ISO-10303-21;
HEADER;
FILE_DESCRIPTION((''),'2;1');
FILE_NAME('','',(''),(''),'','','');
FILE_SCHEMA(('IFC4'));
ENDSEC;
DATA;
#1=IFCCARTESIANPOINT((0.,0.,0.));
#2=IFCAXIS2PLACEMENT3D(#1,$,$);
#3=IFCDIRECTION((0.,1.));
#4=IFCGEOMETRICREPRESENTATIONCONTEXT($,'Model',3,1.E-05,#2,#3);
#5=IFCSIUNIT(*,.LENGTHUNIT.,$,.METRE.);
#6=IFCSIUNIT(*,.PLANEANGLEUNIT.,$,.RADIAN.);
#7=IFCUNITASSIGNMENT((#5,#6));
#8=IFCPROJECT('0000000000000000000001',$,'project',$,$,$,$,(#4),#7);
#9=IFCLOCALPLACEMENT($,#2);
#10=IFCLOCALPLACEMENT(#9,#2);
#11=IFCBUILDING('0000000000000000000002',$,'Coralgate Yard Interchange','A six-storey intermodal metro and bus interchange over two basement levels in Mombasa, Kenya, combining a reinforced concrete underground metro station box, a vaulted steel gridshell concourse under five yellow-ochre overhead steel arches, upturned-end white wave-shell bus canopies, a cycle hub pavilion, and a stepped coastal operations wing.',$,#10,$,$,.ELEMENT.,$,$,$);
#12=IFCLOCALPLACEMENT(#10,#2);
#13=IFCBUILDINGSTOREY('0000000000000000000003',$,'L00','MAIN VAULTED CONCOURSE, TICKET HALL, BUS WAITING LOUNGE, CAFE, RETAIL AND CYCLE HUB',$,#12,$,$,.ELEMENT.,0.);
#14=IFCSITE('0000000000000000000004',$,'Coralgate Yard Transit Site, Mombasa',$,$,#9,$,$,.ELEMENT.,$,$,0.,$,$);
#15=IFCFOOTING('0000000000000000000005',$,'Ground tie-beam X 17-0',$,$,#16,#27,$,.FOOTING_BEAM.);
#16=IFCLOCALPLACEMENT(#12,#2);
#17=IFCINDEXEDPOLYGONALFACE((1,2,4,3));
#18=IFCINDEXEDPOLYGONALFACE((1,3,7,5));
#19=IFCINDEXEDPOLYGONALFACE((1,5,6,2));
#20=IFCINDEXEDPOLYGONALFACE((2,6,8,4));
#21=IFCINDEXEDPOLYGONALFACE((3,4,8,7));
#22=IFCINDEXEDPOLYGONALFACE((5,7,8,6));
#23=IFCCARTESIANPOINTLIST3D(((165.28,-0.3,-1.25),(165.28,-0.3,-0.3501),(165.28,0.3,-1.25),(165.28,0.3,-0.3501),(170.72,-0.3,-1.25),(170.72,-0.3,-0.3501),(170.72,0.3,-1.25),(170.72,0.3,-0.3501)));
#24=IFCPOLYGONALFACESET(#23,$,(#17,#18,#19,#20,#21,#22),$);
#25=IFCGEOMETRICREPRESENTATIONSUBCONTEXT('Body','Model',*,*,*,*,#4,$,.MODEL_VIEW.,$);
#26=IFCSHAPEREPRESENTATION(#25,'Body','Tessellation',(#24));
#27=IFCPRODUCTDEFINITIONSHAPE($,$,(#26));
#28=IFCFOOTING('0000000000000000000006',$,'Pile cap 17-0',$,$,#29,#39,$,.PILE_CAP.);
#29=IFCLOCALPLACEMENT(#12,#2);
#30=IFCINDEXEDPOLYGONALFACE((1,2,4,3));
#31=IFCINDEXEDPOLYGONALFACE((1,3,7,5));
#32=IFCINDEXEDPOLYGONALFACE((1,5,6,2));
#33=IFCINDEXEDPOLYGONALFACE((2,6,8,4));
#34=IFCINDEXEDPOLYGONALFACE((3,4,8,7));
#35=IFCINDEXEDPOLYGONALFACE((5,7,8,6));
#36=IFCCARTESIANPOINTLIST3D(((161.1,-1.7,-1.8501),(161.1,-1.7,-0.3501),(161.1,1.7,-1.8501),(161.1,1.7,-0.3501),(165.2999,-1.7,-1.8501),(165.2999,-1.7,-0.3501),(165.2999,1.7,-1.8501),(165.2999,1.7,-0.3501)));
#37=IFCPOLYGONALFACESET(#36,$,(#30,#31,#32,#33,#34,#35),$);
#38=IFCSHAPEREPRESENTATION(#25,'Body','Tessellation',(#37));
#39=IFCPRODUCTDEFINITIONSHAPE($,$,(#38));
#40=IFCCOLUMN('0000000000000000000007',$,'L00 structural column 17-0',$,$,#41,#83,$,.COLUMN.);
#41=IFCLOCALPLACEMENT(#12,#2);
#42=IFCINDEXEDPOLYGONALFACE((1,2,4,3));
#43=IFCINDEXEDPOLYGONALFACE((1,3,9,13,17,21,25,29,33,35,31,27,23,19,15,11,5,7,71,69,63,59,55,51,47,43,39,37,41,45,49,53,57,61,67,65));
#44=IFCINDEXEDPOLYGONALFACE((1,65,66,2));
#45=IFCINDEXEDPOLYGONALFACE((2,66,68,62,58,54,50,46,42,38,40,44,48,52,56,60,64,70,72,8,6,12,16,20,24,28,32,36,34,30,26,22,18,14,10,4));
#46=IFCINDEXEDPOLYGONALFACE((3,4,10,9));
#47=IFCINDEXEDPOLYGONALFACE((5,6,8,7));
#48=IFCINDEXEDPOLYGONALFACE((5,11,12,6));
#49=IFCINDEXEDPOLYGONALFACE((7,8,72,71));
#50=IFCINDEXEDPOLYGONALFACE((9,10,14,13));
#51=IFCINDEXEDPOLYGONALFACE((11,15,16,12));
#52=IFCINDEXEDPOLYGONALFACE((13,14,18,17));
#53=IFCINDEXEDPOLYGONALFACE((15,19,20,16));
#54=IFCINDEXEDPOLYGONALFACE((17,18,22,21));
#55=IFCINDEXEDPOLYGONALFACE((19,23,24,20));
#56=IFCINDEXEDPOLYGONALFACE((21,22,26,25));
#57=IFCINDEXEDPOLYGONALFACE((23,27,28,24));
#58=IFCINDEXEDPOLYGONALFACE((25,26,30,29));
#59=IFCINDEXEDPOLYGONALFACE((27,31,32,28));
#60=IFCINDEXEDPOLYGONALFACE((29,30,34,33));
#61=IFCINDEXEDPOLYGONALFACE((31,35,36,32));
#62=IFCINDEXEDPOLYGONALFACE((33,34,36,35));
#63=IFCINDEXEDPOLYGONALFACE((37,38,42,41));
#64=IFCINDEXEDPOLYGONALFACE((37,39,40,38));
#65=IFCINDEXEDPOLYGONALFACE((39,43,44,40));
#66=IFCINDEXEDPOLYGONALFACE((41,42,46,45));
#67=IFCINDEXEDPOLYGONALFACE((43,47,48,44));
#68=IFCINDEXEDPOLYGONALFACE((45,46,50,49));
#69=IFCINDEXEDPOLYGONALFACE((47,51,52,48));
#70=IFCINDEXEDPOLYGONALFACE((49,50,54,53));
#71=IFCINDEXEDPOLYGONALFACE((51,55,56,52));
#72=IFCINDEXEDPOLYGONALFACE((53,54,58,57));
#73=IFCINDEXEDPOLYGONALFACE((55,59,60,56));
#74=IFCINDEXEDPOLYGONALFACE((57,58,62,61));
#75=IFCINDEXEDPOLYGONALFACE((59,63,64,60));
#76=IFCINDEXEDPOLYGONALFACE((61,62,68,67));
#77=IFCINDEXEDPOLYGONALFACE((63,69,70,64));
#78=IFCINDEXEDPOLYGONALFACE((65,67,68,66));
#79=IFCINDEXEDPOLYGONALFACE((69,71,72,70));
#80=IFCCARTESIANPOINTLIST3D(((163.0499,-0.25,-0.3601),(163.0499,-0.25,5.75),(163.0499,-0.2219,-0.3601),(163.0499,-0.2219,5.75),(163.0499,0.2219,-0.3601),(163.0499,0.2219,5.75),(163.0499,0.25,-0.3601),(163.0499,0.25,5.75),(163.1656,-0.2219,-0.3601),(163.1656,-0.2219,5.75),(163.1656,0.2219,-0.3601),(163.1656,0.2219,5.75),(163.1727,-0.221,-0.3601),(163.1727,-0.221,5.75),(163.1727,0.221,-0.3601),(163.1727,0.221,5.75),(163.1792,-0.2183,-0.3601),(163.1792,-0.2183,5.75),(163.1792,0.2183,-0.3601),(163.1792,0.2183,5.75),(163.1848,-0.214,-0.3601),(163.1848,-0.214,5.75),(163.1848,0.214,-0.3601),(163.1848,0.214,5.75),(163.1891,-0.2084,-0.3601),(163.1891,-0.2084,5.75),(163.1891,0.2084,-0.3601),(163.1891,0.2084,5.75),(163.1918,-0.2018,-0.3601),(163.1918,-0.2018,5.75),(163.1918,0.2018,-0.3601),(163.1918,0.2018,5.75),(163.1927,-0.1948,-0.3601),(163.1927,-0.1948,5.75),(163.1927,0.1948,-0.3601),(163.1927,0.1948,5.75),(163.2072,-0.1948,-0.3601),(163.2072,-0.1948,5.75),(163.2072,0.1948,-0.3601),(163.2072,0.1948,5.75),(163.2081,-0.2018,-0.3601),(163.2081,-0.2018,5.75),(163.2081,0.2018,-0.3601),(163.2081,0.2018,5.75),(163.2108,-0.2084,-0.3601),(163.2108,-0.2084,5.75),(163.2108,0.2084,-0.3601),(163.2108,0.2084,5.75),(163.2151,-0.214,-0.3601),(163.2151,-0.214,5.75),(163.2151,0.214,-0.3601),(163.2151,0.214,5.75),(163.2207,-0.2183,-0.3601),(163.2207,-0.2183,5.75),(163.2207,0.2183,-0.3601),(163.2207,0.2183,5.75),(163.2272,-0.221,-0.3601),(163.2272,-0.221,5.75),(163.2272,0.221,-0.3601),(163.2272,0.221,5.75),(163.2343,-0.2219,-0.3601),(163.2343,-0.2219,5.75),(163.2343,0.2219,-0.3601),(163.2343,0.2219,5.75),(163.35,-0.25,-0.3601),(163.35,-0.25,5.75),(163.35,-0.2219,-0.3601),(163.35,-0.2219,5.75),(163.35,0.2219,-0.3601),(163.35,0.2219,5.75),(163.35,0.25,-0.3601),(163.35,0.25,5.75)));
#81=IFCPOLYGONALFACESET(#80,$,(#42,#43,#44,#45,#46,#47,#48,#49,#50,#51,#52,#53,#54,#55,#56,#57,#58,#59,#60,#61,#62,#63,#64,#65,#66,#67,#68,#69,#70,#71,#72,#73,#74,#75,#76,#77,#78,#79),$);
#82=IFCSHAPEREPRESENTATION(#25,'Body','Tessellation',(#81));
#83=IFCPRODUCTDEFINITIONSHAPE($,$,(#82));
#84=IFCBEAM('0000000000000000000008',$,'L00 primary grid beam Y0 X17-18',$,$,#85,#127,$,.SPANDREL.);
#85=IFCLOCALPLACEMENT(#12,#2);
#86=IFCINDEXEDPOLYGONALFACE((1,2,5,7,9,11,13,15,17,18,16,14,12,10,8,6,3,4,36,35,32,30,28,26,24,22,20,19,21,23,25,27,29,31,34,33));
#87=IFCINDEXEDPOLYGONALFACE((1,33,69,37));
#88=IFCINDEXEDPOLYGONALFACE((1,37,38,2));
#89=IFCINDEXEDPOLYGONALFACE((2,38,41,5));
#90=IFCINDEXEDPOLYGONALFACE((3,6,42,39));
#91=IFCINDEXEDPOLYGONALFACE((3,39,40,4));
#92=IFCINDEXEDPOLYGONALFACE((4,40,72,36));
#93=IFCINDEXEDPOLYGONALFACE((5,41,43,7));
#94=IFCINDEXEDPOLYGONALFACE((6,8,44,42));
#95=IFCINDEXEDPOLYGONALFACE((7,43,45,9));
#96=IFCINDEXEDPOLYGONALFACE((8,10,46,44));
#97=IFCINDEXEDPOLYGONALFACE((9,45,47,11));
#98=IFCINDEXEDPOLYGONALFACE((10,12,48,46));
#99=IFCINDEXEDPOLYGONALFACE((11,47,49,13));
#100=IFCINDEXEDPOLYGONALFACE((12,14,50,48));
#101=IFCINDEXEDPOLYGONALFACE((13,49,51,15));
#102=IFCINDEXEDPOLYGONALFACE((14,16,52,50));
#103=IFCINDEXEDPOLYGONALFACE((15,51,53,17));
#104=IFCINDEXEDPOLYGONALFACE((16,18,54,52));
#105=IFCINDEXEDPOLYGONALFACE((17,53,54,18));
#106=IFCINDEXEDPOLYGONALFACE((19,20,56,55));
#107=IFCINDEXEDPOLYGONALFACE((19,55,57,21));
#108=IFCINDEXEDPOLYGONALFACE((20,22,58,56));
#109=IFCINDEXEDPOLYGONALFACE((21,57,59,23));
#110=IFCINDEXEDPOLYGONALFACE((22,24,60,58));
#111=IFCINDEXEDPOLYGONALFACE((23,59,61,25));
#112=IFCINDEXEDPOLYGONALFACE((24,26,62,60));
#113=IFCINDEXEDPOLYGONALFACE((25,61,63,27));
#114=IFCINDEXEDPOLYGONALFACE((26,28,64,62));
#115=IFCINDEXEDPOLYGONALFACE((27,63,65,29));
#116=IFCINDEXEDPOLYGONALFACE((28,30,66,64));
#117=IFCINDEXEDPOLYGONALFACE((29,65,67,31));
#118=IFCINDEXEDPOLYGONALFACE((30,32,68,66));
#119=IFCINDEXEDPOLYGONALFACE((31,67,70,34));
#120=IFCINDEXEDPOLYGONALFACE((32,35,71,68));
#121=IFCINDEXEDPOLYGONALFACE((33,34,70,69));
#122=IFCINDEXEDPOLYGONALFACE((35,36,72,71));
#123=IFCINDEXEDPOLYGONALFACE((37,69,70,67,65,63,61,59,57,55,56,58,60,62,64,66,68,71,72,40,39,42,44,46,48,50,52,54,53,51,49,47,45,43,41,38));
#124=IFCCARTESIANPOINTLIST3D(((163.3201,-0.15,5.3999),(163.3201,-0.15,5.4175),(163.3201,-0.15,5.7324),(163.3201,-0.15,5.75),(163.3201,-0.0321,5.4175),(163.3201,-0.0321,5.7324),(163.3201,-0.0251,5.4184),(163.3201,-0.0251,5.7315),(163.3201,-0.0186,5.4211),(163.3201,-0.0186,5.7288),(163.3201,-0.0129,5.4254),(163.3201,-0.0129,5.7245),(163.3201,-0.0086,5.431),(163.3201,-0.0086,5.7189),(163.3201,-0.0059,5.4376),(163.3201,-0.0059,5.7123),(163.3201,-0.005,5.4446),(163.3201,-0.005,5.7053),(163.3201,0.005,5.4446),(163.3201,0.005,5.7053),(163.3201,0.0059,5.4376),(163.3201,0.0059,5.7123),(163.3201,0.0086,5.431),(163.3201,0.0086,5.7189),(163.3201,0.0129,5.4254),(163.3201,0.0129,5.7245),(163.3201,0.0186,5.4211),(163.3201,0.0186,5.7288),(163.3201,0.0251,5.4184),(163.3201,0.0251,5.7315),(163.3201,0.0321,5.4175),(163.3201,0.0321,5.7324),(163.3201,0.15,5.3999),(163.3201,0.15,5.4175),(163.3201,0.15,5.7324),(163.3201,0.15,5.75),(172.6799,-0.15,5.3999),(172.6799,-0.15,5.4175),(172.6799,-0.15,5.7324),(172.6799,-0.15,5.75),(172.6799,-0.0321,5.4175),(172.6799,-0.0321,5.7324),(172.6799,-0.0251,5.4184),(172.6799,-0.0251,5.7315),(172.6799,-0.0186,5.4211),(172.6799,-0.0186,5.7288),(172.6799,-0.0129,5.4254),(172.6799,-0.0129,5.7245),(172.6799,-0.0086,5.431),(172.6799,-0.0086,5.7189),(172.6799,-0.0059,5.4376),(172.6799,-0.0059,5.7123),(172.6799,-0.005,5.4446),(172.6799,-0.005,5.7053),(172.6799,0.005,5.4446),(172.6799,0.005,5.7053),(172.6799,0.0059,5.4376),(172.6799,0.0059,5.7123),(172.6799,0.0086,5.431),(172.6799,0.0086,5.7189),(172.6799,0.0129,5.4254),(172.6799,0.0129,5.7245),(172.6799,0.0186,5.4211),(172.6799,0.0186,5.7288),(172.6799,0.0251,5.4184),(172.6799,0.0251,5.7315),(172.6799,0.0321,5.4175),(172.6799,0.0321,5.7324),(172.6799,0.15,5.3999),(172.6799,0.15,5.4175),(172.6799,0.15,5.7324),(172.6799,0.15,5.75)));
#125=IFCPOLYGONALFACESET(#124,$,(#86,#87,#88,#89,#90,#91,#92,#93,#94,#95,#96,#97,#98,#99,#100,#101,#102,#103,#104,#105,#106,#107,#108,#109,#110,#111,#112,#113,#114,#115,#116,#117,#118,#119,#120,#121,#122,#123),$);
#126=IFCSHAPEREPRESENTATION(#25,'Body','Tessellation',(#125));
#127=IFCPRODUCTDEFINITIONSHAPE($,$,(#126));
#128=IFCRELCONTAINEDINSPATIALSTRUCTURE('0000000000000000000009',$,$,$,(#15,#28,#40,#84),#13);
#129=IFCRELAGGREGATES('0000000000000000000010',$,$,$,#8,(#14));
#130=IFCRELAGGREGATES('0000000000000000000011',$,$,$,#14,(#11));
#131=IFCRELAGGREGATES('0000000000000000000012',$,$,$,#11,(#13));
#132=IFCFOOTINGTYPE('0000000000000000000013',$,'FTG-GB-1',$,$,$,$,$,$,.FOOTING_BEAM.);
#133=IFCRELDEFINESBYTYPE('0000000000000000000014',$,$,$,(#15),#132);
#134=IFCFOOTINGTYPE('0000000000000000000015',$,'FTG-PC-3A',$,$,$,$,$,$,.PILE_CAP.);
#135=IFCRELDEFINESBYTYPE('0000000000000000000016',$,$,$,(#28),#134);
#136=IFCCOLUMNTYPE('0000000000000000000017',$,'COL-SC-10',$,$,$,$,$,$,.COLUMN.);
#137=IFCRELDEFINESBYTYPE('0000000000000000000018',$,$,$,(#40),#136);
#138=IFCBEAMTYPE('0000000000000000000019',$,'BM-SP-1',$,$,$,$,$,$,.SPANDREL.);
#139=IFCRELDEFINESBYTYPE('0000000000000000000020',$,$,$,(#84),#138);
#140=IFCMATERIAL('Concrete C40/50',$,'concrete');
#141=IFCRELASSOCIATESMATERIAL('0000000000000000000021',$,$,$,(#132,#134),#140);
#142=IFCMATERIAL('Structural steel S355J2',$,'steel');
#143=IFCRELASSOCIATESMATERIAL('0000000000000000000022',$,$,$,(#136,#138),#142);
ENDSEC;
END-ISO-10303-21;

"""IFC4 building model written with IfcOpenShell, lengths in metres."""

from ifc_helpers import new_model, si_unit, direction, frame, origin, origin_2d, place, context, subcontext, project, spatial, rectangle, i_section, extrude, material, material_profile, profile_set, type_object, element, save


model = new_model("IFC4")

# Units and contexts
model_context = context("Model", 3, precision=1e-05, world=origin(), true_north=direction((0.0, 1.0)))
body_context = subcontext(model_context, "Body", "Model", "MODEL_VIEW")
ifc_project = project(units=[si_unit("LENGTHUNIT", "METRE"), si_unit("PLANEANGLEUNIT", "RADIAN")], contexts=[model_context])

# Site, building, storey
site_placement = place(None, origin())
site = spatial("IfcSite", under=ifc_project, at=site_placement, Name="Coralgate Yard Transit Site, Mombasa", CompositionType="ELEMENT", RefElevation=0.0)
building_placement = place(site_placement, origin())
building = spatial("IfcBuilding", under=site, at=building_placement, Name="Coralgate Yard Interchange", Description="A six-storey intermodal metro and bus interchange over two basement levels in Mombasa, Kenya, combining a reinforced concrete underground metro station box, a vaulted steel gridshell concourse under five yellow-ochre overhead steel arches, upturned-end white wave-shell bus canopies, a cycle hub pavilion, and a stepped coastal operations wing.", CompositionType="ELEMENT")
storey_placement = place(building_placement, origin())
storey = spatial("IfcBuildingStorey", under=building, at=storey_placement, Name="L00", Description="MAIN VAULTED CONCOURSE, TICKET HALL, BUS WAITING LOUNGE, CAFE, RETAIL AND CYCLE HUB", CompositionType="ELEMENT", Elevation=0.0)

# Footings
ifc_material_1 = material(Name="Concrete C40/50", Category="concrete")
ifc_material_profile_1 = material_profile(ifc_material_1, rectangle(XDim=0.6001, YDim=0.8999, at=origin_2d()), Name="RC 600x900")
ifc_profile_set_1 = profile_set([ifc_material_profile_1], Name="Concrete C40/50")
footing_type_1 = type_object("IfcFootingType", Name="FTG-GB-1", PredefinedType="FOOTING_BEAM", material=ifc_profile_set_1)
footing_1_placement = place(storey_placement, frame((165.28, 0.0, -0.8), z_axis=(1.0, 0.0, 0.0), x_axis=(0.0, 1.0, 0.0)))
element("IfcFooting", 1, at=footing_1_placement, inside=storey, type_object=footing_type_1, Name="Ground tie-beam X 17-0", PredefinedType="FOOTING_BEAM", context=body_context, shape_type="SweptSolid", body=[
    extrude(rectangle(XDim=0.6001, YDim=0.8999, at=origin_2d()), origin(), (0.0, 0.0, 1.0), 5.4399),
])
footing_type_2 = type_object("IfcFootingType", Name="FTG-PC-3A", PredefinedType="PILE_CAP", material=ifc_material_1)
footing_2_placement = place(storey_placement, frame((163.2, 0.0, -1.8501), z_axis=(0.0, 0.0, 1.0), x_axis=(1.0, 0.0, 0.0)))
element("IfcFooting", 2, at=footing_2_placement, inside=storey, type_object=footing_type_2, Name="Pile cap 17-0", PredefinedType="PILE_CAP", context=body_context, shape_type="SweptSolid", body=[
    extrude(rectangle(XDim=4.2, YDim=3.3999, at=origin_2d()), origin(), (0.0, 0.0, 1.0), 1.5),
])

# Column
ifc_material_2 = material(Name="Structural steel S355J2", Category="steel")
ifc_material_profile_2 = material_profile(ifc_material_2, i_section(OverallWidth=0.3, OverallDepth=0.5, WebThickness=0.0144, FlangeThickness=0.0281, FilletRadius=0.0271, at=origin_2d()), Name="HEB 500")
ifc_profile_set_2 = profile_set([ifc_material_profile_2], Name="Structural steel S355J2")
column_type = type_object("IfcColumnType", Name="COL-SC-10", PredefinedType="COLUMN", material=ifc_profile_set_2)
column_placement = place(storey_placement, frame((163.2, 0.0, -0.3601), z_axis=(0.0, 0.0, 1.0), x_axis=(1.0, 0.0, 0.0)))
element("IfcColumn", 3, at=column_placement, inside=storey, type_object=column_type, Name="L00 structural column 17-0", PredefinedType="COLUMN", context=body_context, shape_type="SweptSolid", body=[
    extrude(i_section(OverallWidth=0.3, OverallDepth=0.5, WebThickness=0.0144, FlangeThickness=0.0281, FilletRadius=0.0271, at=origin_2d()), origin(), (0.0, 0.0, 1.0), 6.1101),
])

# Beam
ifc_material_profile_3 = material_profile(ifc_material_2, i_section(OverallWidth=0.3, OverallDepth=0.3501, WebThickness=0.01, FlangeThickness=0.0176, FilletRadius=0.0271, at=origin_2d()), Name="HEA 360")
ifc_profile_set_3 = profile_set([ifc_material_profile_3], Name="Structural steel S355J2")
beam_type = type_object("IfcBeamType", Name="BM-SP-1", PredefinedType="SPANDREL", material=ifc_profile_set_3)
beam_placement = place(storey_placement, frame((163.3201, 0.0, 5.575), z_axis=(1.0, 0.0, 0.0), x_axis=(0.0, 1.0, 0.0)))
element("IfcBeam", 4, at=beam_placement, inside=storey, type_object=beam_type, Name="L00 primary grid beam Y0 X17-18", PredefinedType="SPANDREL", context=body_context, shape_type="SweptSolid", body=[
    extrude(i_section(OverallWidth=0.3, OverallDepth=0.3501, WebThickness=0.01, FlangeThickness=0.0176, FilletRadius=0.0271, at=origin_2d()), origin(), (0.0, 0.0, 1.0), 9.3599),
])

save(model, "model.ifc")
